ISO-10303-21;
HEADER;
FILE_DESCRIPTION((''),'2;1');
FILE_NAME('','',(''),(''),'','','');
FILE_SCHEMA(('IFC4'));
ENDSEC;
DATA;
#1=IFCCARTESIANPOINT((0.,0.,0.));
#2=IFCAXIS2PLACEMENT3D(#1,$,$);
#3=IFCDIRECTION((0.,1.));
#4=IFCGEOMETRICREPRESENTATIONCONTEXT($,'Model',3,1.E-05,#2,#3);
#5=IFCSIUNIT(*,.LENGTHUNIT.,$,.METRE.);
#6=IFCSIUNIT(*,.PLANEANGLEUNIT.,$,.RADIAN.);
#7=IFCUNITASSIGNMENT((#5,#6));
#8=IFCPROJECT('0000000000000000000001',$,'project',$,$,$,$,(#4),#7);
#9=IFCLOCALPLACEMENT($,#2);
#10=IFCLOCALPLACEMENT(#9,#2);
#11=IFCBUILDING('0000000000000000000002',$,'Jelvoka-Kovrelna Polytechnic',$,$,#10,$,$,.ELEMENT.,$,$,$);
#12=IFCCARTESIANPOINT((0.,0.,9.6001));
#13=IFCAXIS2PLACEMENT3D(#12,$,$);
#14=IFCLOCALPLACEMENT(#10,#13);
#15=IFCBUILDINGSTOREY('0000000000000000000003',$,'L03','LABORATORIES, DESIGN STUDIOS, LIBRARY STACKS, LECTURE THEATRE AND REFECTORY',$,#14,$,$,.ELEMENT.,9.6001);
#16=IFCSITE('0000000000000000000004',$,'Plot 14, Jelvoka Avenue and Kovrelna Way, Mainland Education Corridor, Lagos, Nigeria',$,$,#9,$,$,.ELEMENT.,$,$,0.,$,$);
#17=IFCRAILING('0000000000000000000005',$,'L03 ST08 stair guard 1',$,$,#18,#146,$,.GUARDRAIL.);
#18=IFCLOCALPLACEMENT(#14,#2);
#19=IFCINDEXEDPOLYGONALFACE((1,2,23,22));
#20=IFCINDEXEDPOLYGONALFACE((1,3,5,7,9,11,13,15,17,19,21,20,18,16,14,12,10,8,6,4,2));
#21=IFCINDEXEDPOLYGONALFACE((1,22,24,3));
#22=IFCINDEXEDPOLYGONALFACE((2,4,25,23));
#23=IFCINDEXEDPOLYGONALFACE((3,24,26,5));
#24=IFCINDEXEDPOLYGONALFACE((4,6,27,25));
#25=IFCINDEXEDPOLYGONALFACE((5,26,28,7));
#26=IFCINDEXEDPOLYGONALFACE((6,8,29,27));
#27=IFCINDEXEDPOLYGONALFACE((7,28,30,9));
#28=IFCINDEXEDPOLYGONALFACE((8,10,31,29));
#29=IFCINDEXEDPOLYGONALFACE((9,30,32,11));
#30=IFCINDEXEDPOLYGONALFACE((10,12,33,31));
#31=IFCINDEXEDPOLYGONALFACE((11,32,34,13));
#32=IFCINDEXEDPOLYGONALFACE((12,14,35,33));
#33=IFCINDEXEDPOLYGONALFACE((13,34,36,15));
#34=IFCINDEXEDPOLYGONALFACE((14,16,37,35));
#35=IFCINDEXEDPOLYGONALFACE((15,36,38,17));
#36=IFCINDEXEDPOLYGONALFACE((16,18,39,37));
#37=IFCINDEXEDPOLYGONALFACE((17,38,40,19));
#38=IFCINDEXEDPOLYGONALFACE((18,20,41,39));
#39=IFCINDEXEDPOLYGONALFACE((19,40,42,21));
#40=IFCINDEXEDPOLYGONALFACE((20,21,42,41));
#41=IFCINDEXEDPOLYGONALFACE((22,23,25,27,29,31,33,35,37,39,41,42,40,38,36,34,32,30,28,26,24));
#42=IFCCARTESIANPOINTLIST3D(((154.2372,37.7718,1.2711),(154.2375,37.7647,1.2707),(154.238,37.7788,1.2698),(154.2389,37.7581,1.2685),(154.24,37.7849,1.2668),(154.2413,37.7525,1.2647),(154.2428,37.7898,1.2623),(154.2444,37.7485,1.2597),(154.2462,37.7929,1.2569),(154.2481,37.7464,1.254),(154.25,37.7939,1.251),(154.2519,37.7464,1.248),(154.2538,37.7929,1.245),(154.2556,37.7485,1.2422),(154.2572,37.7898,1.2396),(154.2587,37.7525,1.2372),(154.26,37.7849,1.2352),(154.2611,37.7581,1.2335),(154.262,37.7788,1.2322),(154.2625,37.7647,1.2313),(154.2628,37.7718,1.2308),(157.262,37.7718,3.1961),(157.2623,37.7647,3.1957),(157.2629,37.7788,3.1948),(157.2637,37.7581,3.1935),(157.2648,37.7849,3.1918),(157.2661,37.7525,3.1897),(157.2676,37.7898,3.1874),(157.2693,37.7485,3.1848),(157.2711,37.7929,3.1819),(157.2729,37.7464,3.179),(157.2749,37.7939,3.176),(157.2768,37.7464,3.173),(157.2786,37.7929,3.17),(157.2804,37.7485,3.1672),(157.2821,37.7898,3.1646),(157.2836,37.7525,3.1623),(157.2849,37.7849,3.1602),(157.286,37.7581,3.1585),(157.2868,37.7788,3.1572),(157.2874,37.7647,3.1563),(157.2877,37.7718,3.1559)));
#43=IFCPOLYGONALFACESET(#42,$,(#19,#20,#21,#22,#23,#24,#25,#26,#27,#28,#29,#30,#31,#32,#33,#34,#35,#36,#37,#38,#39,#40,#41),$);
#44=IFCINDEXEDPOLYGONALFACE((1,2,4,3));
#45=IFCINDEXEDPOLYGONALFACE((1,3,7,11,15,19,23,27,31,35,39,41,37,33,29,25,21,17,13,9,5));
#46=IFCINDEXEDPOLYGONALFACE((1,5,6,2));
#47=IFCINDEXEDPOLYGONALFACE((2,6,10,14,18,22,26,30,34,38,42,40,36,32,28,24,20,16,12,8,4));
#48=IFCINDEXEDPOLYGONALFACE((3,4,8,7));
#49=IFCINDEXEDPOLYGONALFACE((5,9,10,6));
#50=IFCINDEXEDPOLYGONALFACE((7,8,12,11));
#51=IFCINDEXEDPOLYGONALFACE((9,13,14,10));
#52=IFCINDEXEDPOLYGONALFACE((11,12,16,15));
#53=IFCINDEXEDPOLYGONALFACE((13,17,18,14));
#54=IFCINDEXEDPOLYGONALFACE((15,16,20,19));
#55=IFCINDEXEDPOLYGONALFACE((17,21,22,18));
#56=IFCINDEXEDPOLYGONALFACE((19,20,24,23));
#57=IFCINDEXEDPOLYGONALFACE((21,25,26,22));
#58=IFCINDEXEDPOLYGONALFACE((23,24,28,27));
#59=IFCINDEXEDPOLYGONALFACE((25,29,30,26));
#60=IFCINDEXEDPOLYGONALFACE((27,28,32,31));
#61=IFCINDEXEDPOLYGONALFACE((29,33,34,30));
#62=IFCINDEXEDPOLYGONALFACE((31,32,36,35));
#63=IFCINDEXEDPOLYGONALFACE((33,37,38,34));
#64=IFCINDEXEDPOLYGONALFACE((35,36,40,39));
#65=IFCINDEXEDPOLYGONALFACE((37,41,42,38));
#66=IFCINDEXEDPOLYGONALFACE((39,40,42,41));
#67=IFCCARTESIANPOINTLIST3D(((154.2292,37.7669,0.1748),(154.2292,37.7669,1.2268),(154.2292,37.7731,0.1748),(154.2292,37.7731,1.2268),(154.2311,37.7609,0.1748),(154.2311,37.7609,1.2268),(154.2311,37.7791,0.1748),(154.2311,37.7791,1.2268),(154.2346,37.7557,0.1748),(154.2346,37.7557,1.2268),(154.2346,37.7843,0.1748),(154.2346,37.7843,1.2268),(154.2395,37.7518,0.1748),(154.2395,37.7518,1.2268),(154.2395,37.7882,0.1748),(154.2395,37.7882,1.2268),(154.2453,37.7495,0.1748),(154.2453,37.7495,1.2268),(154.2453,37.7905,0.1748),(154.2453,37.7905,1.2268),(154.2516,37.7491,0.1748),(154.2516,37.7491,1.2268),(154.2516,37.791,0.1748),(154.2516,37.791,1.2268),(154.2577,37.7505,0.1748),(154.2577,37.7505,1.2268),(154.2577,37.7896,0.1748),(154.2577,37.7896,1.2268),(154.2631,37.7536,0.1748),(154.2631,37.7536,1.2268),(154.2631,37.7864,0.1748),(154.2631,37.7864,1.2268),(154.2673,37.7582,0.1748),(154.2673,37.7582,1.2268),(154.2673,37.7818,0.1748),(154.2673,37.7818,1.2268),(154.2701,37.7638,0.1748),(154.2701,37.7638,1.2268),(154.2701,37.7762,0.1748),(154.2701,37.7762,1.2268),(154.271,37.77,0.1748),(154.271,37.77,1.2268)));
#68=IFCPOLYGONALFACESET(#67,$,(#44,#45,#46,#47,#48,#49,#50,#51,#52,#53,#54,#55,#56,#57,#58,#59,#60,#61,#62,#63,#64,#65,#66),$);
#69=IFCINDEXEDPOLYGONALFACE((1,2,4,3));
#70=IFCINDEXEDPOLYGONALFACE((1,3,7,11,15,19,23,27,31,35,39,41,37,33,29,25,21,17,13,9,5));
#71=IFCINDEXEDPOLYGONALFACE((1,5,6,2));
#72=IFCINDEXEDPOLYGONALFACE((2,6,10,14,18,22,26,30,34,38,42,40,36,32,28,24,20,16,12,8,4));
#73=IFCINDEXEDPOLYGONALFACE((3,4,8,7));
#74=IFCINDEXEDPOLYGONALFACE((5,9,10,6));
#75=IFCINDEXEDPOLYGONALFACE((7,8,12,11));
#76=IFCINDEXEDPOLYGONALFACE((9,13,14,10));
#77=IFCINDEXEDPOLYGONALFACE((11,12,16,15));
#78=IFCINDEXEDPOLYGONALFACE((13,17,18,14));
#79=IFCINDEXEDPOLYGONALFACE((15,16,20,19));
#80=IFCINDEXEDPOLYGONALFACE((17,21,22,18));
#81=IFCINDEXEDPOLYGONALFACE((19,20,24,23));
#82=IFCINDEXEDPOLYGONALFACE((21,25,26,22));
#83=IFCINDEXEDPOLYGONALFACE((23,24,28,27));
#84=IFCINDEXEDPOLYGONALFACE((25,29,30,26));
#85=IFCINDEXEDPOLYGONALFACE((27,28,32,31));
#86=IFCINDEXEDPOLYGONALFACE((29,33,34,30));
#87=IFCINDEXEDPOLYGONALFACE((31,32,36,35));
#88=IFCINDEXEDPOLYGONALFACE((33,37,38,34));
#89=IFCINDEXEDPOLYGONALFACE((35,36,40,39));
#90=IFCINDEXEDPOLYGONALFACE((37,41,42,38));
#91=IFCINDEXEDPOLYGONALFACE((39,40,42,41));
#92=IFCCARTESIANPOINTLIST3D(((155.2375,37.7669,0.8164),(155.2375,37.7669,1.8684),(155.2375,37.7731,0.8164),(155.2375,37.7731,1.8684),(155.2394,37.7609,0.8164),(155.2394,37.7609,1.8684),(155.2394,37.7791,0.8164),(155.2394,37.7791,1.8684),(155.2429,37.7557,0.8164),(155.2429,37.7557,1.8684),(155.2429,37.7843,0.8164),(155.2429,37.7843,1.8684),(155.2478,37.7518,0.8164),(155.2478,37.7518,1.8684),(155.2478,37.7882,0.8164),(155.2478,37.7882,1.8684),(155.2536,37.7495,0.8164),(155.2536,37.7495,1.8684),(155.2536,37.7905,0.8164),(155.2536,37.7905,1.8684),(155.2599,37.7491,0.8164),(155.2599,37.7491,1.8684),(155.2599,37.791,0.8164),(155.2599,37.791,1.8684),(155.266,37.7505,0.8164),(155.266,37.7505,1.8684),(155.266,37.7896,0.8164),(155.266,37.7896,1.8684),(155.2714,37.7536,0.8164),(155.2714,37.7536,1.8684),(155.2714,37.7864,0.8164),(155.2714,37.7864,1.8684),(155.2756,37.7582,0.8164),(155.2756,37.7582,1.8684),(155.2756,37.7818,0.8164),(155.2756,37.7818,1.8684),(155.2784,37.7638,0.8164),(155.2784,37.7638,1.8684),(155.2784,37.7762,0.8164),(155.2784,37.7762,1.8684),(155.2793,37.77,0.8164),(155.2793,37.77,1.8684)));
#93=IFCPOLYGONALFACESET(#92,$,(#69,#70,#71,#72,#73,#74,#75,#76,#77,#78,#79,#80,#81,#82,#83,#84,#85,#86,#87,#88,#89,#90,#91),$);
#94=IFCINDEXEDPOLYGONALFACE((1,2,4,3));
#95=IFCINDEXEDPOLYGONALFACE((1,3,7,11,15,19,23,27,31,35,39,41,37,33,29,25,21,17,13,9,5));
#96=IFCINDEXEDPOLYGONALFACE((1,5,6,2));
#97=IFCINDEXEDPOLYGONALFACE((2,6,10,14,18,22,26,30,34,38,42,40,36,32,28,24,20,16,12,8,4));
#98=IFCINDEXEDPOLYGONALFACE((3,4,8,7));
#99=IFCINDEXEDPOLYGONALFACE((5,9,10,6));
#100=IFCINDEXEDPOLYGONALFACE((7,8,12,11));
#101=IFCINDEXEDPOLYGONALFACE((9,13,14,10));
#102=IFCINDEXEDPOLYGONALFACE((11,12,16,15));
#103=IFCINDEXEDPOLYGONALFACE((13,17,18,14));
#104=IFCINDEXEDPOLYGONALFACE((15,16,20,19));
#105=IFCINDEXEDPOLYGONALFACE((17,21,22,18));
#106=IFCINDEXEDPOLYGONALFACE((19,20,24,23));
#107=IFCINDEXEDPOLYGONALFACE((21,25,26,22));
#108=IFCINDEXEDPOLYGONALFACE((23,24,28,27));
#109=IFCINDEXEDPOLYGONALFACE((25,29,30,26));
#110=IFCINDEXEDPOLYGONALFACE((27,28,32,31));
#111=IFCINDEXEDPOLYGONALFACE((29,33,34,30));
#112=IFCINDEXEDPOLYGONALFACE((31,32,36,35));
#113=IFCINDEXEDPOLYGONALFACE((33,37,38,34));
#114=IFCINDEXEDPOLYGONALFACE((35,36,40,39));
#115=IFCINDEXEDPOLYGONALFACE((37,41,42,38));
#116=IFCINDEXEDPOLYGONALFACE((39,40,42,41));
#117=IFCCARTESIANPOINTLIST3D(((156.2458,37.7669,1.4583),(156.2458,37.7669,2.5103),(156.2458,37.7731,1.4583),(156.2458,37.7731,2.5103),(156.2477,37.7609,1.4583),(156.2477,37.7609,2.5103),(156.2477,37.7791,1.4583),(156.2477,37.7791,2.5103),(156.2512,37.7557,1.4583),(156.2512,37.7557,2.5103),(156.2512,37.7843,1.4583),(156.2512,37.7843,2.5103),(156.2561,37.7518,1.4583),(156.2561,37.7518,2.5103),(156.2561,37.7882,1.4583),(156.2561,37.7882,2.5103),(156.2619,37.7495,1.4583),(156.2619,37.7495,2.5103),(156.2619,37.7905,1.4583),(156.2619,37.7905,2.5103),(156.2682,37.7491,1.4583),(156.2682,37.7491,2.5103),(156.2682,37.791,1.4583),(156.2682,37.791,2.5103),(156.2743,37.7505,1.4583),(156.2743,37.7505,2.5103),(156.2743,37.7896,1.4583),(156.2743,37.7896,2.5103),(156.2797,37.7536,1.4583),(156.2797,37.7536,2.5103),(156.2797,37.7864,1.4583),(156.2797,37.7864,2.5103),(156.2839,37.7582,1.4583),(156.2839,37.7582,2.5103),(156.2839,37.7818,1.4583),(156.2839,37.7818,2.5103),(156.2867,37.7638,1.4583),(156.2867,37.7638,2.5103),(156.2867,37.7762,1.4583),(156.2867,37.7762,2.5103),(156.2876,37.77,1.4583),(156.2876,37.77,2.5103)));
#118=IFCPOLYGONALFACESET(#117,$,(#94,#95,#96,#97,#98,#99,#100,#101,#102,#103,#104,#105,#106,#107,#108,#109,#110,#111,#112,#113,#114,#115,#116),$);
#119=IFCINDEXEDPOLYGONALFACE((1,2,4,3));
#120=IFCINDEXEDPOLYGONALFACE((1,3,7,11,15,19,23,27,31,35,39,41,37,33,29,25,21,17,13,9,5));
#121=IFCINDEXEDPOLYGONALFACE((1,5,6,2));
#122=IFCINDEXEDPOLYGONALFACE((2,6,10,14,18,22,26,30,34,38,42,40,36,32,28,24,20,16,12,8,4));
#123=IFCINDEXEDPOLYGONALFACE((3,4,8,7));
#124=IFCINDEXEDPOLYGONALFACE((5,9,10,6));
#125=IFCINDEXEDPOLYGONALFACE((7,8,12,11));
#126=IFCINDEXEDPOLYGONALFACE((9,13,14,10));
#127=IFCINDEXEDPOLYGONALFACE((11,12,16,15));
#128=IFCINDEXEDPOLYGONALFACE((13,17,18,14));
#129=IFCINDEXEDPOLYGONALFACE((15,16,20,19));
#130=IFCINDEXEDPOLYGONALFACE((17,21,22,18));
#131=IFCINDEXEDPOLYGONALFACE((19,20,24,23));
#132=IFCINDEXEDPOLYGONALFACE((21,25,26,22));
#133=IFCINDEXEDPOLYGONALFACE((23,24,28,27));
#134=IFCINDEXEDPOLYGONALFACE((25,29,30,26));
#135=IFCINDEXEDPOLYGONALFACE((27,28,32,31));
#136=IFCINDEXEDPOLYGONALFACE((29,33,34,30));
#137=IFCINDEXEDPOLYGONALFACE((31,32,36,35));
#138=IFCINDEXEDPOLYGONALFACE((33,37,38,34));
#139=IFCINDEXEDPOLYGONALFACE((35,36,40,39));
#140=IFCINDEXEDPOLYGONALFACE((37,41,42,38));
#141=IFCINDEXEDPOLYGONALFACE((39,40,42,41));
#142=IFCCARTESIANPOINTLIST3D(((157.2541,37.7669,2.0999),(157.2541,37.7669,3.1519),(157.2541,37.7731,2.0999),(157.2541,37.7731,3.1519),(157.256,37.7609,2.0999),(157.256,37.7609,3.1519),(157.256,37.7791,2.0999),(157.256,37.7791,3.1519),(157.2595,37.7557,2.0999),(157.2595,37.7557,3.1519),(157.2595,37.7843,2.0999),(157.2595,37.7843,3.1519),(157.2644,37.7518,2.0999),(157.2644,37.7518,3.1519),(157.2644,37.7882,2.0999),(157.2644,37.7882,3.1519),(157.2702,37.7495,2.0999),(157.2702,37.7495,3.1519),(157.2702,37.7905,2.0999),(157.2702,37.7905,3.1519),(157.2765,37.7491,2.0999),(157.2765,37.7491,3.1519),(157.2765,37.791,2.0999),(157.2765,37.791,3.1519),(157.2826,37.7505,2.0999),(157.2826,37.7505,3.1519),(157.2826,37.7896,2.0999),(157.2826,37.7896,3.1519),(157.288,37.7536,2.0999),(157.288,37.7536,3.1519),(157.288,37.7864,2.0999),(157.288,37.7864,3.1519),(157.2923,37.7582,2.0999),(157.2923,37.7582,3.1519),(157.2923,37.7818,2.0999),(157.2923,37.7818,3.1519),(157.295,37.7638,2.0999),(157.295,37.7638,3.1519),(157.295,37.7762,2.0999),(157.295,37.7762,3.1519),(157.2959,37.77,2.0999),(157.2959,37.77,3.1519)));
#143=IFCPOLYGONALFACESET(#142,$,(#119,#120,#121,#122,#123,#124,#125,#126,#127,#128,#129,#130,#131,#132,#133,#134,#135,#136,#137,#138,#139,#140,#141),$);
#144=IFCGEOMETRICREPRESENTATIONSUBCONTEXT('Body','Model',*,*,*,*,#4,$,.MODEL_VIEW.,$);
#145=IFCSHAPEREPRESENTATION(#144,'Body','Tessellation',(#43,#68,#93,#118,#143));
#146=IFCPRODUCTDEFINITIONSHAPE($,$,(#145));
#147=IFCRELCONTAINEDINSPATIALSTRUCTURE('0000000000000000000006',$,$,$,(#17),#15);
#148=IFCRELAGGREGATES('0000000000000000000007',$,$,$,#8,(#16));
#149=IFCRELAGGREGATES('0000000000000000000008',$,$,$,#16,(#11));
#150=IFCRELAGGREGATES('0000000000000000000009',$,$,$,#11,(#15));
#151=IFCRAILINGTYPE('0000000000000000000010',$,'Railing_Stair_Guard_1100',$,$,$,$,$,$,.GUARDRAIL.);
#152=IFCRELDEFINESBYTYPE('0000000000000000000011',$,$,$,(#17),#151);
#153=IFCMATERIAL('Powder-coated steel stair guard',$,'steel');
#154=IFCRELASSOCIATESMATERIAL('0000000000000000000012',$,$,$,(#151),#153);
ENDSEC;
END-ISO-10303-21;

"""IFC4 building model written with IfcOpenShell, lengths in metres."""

from ifc_helpers import new_model, si_unit, direction, frame, origin, origin_2d, place, context, subcontext, project, spatial, circle, extrude, material, type_object, element, save


model = new_model("IFC4")

# Units and contexts
model_context = context("Model", 3, precision=1e-05, world=origin(), true_north=direction((0.0, 1.0)))
body_context = subcontext(model_context, "Body", "Model", "MODEL_VIEW")
ifc_project = project(units=[si_unit("LENGTHUNIT", "METRE"), si_unit("PLANEANGLEUNIT", "RADIAN")], contexts=[model_context])

# Site, building, storey
site_placement = place(None, origin())
site = spatial("IfcSite", under=ifc_project, at=site_placement, Name="Plot 14, Jelvoka Avenue and Kovrelna Way, Mainland Education Corridor, Lagos, Nigeria", CompositionType="ELEMENT", RefElevation=0.0)
building_placement = place(site_placement, origin())
building = spatial("IfcBuilding", under=site, at=building_placement, Name="Jelvoka-Kovrelna Polytechnic", CompositionType="ELEMENT")
storey_placement = place(building_placement, frame((0.0, 0.0, 9.6001)))
storey = spatial("IfcBuildingStorey", under=building, at=storey_placement, Name="L03", Description="LABORATORIES, DESIGN STUDIOS, LIBRARY STACKS, LECTURE THEATRE AND REFECTORY", CompositionType="ELEMENT", Elevation=9.6001)

# Railing
ifc_material_1 = material(Name="Powder-coated steel stair guard", Category="steel")
railing_type_1 = type_object("IfcRailingType", Name="Railing_Stair_Guard_1100", PredefinedType="GUARDRAIL", material=ifc_material_1)
railing_1_placement = place(storey_placement, frame((154.25, 37.77, 0.1748)))
element("IfcRailing", 1, at=railing_1_placement, inside=storey, type_object=railing_type_1, Name="L03 ST08 stair guard 1", PredefinedType="GUARDRAIL", context=body_context, shape_type="SweptSolid", body=[
    extrude(circle(Radius=0.0239, at=origin_2d()), frame((0.0, 0.0, 1.0762), z_axis=(0.843647, 0.0, 0.536898), x_axis=(0.0, 1.0, 0.0)), (0.0, 0.0, 1.0), 3.5854),
    extrude(circle(Radius=0.021, at=origin_2d()), origin(), (0.0, 0.0, 1.0), 1.052),
    extrude(circle(Radius=0.021, at=origin_2d()), frame((1.0083, 0.0, 0.6416)), (0.0, 0.0, 1.0), 1.052),
    extrude(circle(Radius=0.021, at=origin_2d()), frame((2.0166, 0.0, 1.2834)), (0.0, 0.0, 1.0), 1.052),
    extrude(circle(Radius=0.021, at=origin_2d()), frame((3.0249, 0.0, 1.925)), (0.0, 0.0, 1.0), 1.052),
])

save(model, "model.ifc")
